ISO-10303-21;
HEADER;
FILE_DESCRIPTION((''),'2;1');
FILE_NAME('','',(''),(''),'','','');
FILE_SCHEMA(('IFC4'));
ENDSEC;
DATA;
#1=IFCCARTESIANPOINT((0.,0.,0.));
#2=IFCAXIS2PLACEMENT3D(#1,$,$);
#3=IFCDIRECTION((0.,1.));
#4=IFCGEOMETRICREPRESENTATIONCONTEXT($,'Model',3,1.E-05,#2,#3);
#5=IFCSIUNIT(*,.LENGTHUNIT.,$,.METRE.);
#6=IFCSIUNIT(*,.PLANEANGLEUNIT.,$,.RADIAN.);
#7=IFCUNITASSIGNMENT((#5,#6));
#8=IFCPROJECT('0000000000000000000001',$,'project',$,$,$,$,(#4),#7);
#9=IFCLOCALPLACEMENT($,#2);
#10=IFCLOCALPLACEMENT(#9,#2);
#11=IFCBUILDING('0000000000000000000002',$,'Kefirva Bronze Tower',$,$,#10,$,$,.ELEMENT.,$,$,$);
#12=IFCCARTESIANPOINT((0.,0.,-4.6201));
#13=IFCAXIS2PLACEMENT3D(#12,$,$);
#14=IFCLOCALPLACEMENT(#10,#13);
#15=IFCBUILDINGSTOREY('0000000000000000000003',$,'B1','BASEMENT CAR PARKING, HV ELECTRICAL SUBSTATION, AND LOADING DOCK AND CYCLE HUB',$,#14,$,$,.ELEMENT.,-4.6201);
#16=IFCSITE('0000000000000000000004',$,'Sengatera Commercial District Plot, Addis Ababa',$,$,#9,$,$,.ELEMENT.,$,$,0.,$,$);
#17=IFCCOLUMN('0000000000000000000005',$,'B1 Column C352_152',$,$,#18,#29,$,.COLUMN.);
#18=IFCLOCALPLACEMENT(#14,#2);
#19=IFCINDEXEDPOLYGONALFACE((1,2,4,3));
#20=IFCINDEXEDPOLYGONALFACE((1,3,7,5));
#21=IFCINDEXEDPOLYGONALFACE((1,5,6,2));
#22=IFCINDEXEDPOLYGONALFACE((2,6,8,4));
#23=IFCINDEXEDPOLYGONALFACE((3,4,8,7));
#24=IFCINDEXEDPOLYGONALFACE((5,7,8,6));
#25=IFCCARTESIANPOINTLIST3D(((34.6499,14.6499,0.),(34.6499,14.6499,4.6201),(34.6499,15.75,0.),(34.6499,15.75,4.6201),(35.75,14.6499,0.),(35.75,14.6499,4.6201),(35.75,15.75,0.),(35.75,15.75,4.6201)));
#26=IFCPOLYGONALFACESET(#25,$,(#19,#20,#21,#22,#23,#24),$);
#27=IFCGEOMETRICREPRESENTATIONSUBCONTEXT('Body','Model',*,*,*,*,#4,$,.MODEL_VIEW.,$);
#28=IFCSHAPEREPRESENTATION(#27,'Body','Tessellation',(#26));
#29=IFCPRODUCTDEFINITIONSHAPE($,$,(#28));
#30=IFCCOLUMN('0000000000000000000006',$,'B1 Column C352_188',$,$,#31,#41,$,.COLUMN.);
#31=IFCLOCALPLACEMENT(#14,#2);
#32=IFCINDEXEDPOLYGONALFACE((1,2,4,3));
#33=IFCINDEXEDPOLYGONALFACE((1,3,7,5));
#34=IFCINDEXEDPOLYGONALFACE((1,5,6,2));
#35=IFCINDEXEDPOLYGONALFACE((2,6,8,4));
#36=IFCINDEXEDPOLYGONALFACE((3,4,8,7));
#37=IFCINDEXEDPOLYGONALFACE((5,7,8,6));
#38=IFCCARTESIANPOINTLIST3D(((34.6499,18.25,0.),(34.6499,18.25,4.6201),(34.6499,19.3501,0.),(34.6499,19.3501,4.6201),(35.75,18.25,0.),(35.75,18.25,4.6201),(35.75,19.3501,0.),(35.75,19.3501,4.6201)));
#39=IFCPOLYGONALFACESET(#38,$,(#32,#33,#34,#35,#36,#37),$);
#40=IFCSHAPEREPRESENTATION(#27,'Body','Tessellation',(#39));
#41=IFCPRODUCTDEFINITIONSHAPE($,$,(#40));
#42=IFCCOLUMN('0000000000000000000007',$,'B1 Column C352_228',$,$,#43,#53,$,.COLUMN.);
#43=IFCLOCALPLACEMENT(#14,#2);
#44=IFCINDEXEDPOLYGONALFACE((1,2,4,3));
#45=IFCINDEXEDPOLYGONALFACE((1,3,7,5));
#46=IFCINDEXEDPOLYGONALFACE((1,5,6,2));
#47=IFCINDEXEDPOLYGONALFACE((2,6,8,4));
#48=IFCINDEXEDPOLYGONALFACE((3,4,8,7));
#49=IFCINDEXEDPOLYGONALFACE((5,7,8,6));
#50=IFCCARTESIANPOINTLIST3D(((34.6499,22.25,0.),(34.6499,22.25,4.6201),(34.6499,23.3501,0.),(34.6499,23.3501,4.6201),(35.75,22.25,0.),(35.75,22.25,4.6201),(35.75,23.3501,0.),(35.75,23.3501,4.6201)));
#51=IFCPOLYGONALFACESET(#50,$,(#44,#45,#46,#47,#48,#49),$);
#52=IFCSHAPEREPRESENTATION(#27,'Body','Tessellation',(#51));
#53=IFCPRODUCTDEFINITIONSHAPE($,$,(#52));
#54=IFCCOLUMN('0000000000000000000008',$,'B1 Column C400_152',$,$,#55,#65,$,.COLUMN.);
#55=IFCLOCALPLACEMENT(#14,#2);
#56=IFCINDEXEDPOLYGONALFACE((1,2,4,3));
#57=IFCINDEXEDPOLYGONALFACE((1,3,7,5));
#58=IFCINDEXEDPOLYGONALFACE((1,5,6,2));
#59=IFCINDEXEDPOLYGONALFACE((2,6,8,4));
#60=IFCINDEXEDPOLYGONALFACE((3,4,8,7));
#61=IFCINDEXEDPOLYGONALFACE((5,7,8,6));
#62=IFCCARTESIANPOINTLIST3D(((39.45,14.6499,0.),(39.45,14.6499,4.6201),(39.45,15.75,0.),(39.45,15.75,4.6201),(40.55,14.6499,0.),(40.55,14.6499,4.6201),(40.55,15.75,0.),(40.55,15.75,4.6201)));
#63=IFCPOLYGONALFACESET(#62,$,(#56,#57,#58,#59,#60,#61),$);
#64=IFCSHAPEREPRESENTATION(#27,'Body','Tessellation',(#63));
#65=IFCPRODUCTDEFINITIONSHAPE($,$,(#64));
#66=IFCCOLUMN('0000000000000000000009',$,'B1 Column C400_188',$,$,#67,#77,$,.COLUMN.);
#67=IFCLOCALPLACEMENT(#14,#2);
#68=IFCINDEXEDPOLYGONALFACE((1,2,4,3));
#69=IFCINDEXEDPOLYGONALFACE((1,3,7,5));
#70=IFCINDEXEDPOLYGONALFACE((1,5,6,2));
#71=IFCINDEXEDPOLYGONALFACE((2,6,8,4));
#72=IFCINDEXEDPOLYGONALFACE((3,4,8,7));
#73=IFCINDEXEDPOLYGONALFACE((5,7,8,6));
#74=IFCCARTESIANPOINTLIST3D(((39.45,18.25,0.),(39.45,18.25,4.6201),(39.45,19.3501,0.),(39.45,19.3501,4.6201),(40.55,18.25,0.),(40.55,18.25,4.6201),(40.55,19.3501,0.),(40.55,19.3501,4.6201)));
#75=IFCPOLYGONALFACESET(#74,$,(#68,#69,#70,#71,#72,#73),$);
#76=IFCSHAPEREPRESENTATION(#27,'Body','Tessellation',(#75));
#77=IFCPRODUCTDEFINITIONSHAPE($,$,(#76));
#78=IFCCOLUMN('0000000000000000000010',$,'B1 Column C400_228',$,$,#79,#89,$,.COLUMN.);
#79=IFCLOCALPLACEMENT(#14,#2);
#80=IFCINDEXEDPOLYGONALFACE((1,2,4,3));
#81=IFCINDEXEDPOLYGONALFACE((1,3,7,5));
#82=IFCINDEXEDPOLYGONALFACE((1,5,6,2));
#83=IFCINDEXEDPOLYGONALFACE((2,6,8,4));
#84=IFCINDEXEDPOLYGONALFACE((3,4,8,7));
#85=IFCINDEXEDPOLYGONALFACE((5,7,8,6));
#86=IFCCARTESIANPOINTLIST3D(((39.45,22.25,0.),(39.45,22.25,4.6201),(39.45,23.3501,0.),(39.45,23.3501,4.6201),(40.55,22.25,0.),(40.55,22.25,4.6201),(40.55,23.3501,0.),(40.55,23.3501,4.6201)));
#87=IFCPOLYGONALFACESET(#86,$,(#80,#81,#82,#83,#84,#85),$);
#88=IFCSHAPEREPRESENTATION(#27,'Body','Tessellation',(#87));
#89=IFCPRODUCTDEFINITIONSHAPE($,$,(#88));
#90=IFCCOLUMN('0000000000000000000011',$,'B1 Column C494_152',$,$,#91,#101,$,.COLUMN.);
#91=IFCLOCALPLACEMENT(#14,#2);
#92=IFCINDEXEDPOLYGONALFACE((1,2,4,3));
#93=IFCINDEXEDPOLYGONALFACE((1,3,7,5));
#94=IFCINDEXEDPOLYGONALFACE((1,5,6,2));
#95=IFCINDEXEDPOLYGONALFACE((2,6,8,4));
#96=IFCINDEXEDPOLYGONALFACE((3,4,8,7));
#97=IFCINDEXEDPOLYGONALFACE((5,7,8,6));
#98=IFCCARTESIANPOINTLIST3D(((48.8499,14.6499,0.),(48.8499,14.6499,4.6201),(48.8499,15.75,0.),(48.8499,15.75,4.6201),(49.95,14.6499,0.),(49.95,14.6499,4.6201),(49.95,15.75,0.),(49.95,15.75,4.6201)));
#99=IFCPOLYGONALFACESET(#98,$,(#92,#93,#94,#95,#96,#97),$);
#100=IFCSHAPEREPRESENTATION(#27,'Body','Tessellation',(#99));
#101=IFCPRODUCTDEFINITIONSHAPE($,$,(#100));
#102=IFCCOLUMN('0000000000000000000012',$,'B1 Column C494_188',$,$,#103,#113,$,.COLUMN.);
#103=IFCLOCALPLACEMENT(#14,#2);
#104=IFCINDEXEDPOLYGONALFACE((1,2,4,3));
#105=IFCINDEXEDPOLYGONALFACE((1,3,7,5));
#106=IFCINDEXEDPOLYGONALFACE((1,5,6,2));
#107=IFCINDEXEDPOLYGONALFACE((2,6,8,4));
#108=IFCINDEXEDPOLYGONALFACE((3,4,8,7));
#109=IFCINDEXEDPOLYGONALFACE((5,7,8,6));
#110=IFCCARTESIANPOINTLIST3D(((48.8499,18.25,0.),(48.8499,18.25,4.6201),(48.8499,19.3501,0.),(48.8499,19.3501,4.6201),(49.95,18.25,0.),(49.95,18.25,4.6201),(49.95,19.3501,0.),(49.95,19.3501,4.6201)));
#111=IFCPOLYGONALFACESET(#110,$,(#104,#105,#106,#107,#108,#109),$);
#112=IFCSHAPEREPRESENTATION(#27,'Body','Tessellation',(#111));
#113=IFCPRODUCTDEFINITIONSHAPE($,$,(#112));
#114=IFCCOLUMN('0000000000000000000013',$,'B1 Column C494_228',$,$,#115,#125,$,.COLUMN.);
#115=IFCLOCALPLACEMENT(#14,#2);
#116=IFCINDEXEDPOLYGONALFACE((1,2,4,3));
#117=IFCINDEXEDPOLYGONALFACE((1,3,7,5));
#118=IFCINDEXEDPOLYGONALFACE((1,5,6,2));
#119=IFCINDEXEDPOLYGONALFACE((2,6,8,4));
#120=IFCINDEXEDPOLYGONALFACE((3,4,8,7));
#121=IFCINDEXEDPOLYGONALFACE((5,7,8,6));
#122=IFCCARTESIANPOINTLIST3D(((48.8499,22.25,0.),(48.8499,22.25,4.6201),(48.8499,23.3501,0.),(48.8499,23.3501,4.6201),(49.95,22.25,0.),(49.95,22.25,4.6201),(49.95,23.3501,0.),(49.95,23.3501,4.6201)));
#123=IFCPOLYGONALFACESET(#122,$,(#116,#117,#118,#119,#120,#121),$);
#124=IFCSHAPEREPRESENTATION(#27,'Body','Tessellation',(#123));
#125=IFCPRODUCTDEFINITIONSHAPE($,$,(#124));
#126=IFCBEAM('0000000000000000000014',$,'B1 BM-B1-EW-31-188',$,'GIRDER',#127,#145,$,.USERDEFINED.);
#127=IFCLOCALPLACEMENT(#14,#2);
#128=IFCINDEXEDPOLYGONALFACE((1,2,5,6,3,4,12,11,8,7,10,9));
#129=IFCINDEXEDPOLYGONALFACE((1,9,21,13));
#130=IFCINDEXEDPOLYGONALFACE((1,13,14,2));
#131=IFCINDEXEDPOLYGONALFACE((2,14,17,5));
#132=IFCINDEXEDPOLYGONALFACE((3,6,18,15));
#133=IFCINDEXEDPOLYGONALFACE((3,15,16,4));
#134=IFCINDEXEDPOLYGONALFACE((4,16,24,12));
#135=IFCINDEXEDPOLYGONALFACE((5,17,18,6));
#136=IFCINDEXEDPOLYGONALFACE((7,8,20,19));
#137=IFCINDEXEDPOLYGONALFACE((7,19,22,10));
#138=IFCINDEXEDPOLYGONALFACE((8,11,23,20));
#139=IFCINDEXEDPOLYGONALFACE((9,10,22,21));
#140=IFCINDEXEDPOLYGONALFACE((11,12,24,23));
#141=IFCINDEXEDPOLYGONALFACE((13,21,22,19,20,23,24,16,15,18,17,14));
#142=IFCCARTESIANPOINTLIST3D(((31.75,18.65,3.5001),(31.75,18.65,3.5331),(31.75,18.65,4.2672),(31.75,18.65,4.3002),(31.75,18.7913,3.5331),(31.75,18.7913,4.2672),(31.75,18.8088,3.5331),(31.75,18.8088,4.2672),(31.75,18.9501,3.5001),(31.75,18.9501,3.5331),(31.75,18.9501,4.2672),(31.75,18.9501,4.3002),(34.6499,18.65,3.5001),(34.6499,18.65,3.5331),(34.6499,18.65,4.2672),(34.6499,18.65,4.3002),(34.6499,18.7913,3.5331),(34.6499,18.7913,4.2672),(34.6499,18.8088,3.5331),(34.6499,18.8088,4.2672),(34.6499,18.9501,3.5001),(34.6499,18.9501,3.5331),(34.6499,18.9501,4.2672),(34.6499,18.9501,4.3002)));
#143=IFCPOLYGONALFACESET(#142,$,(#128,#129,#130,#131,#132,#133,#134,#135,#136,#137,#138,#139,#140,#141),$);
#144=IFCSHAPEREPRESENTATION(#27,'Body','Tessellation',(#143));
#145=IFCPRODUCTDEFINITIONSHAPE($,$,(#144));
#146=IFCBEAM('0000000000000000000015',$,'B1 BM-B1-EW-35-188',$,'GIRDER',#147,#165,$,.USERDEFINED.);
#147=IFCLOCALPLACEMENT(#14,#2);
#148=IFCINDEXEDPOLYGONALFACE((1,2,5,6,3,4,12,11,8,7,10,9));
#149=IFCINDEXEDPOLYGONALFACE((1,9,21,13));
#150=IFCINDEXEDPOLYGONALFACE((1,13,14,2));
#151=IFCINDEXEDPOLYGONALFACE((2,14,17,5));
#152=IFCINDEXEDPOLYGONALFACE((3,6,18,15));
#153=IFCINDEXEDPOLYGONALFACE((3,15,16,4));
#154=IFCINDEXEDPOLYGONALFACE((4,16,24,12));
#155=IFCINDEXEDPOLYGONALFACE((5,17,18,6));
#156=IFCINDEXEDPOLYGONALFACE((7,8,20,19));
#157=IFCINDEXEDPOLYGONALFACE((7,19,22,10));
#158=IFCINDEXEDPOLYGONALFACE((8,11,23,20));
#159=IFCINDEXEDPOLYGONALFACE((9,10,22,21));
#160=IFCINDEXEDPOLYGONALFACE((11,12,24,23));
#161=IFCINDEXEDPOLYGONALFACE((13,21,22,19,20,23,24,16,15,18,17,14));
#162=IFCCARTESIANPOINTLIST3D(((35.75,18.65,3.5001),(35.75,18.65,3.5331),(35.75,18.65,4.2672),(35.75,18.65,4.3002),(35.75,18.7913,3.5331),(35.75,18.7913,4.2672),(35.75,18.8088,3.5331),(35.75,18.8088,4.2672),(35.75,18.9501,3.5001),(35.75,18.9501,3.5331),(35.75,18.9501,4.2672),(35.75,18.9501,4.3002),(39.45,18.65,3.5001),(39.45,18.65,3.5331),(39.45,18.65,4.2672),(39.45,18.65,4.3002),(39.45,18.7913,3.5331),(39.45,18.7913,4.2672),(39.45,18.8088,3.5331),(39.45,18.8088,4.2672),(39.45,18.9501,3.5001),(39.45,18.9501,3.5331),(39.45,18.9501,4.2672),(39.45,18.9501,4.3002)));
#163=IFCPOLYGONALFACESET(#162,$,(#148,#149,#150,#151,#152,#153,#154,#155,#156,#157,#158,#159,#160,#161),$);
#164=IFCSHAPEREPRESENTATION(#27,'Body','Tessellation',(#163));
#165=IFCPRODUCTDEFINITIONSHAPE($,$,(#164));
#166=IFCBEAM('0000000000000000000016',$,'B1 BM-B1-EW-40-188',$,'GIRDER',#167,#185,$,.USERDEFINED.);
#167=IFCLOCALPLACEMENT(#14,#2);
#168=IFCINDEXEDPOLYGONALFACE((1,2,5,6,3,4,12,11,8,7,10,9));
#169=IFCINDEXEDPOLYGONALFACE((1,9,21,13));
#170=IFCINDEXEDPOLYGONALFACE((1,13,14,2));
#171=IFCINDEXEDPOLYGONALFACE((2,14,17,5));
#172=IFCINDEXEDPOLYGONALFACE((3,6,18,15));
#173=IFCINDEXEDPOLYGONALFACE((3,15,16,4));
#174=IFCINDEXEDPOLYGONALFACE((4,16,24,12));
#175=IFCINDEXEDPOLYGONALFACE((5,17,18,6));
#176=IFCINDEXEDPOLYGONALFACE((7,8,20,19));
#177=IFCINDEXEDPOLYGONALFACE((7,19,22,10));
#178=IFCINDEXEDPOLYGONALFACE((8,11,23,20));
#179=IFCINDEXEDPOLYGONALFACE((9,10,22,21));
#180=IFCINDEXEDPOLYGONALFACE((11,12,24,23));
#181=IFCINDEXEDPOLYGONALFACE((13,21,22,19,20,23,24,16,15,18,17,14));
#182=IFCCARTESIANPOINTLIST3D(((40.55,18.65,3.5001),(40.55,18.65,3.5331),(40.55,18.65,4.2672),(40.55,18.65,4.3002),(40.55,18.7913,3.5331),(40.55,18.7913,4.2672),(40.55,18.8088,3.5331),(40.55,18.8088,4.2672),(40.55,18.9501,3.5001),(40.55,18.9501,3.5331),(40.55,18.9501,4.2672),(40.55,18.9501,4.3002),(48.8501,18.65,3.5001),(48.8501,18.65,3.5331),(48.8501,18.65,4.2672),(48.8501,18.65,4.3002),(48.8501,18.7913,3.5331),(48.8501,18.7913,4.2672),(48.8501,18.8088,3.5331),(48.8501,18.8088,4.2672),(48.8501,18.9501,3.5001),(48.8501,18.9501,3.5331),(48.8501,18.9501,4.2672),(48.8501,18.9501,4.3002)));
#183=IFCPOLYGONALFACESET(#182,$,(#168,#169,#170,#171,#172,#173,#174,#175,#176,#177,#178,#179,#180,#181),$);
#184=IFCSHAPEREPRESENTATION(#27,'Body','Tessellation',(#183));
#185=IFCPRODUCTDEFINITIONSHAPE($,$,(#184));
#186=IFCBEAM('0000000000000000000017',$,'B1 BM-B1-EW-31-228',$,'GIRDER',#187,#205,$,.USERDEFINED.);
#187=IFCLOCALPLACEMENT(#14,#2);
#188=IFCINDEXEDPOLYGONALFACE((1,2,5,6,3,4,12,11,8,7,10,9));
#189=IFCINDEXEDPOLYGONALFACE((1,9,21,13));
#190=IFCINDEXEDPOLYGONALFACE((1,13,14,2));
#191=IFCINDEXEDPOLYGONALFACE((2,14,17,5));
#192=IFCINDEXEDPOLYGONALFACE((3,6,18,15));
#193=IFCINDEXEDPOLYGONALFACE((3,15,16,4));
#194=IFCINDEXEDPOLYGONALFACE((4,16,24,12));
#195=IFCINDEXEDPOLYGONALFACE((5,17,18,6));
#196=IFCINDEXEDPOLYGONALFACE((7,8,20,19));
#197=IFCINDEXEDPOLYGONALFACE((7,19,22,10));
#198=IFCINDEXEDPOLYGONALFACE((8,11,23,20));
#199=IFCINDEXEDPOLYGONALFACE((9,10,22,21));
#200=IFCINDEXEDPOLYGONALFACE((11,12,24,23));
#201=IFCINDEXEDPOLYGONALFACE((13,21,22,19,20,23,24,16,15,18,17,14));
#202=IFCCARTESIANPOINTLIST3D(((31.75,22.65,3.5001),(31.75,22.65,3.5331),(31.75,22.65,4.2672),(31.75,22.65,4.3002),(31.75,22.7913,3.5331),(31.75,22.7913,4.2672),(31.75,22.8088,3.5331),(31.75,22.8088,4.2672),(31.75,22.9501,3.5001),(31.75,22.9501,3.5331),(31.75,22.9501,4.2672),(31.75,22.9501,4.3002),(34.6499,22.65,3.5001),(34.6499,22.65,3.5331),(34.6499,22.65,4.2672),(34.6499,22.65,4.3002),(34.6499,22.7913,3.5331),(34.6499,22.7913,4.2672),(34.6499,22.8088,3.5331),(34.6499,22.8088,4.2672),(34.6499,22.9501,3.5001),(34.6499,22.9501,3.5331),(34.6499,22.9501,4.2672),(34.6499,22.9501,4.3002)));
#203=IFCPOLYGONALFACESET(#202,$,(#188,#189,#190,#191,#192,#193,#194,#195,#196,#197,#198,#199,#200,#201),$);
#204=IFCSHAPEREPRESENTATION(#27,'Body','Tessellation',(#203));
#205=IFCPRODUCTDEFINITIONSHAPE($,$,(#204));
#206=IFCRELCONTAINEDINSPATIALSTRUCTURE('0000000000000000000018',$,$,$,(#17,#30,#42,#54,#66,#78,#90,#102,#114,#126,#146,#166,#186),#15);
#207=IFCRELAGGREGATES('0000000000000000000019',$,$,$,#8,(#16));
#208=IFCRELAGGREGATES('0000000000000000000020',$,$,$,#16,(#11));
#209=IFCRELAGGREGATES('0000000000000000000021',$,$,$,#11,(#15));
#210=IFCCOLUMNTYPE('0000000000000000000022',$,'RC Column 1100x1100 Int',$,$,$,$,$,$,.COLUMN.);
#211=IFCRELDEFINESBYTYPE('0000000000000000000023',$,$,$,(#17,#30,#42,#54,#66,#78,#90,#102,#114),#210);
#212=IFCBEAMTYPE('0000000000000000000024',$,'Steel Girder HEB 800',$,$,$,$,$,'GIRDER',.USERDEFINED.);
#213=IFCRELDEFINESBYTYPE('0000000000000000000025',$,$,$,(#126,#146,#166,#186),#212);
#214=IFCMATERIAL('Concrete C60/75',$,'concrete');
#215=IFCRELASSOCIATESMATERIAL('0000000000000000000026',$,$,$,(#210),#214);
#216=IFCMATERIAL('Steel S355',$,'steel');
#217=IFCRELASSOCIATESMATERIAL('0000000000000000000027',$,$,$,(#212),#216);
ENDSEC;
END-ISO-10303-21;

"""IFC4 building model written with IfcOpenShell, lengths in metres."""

from ifc_helpers import new_model, si_unit, direction, frame, origin, origin_2d, place, context, subcontext, project, spatial, rectangle, i_section, extrude, material, material_profile, profile_set, type_object, element, save


model = new_model("IFC4")

# Units and contexts
model_context = context("Model", 3, precision=1e-05, world=origin(), true_north=direction((0.0, 1.0)))
body_context = subcontext(model_context, "Body", "Model", "MODEL_VIEW")
ifc_project = project(units=[si_unit("LENGTHUNIT", "METRE"), si_unit("PLANEANGLEUNIT", "RADIAN")], contexts=[model_context])

# Site, building, storey
site_placement = place(None, origin())
site = spatial("IfcSite", under=ifc_project, at=site_placement, Name="Sengatera Commercial District Plot, Addis Ababa", CompositionType="ELEMENT", RefElevation=0.0)
building_placement = place(site_placement, origin())
building = spatial("IfcBuilding", under=site, at=building_placement, Name="Kefirva Bronze Tower", CompositionType="ELEMENT")
storey_placement = place(building_placement, frame((0.0, 0.0, -4.6201)))
storey = spatial("IfcBuildingStorey", under=building, at=storey_placement, Name="B1", Description="BASEMENT CAR PARKING, HV ELECTRICAL SUBSTATION, AND LOADING DOCK AND CYCLE HUB", CompositionType="ELEMENT", Elevation=-4.6201)

# Columns
ifc_material_1 = material(Name="Concrete C60/75", Category="concrete")
ifc_material_profile_1 = material_profile(ifc_material_1, rectangle(XDim=1.1001, YDim=1.1001, at=origin_2d()), Name="RC 1100x1100")
ifc_profile_set_1 = profile_set([ifc_material_profile_1], Name="Concrete C60/75")
column_type = type_object("IfcColumnType", Name="RC Column 1100x1100 Int", PredefinedType="COLUMN", material=ifc_profile_set_1)
for number, where, z_axis, x_axis, name in (
    (1, (35.2, 15.2, 0.0), (0.0, 0.0, 1.0), (1.0, 0.0, 0.0), "B1 Column C352_152"),
    (2, (35.2, 18.8, 0.0), (0.0, 0.0, 1.0), (1.0, 0.0, 0.0), "B1 Column C352_188"),
    (3, (35.2, 22.8, 0.0), (0.0, 0.0, 1.0), (1.0, 0.0, 0.0), "B1 Column C352_228"),
    (4, (40.0, 15.2, 0.0), (0.0, 0.0, 1.0), (1.0, 0.0, 0.0), "B1 Column C400_152"),
    (5, (40.0, 18.8, 0.0), (0.0, 0.0, 1.0), (1.0, 0.0, 0.0), "B1 Column C400_188"),
    (6, (40.0, 22.8, 0.0), (0.0, 0.0, 1.0), (1.0, 0.0, 0.0), "B1 Column C400_228"),
    (7, (49.3999, 15.2, 0.0), (0.0, 0.0, 1.0), (1.0, 0.0, 0.0), "B1 Column C494_152"),
    (8, (49.3999, 18.8, 0.0), (0.0, 0.0, 1.0), (1.0, 0.0, 0.0), "B1 Column C494_188"),
    (9, (49.3999, 22.8, 0.0), (0.0, 0.0, 1.0), (1.0, 0.0, 0.0), "B1 Column C494_228"),
):
    element("IfcColumn", number, at=place(storey_placement, frame(where, z_axis=z_axis, x_axis=x_axis)), inside=storey, type_object=column_type, Name=name, PredefinedType="COLUMN", context=body_context, shape_type="SweptSolid", body=[
        extrude(rectangle(XDim=1.1001, YDim=1.1001, at=origin_2d()), origin(), (0.0, 0.0, 1.0), 4.6201),
    ])

# Beams
ifc_material_2 = material(Name="Steel S355", Category="steel")
ifc_material_profile_2 = material_profile(ifc_material_2, i_section(OverallWidth=0.3, OverallDepth=0.8, WebThickness=0.0176, FlangeThickness=0.033, at=origin_2d()), Name="HEB 800")
ifc_profile_set_2 = profile_set([ifc_material_profile_2], Name="Steel S355")
beam_type_1 = type_object("IfcBeamType", Name="Steel Girder HEB 800", ElementType="GIRDER", PredefinedType="USERDEFINED", material=ifc_profile_set_2)
beam_1_placement = place(storey_placement, frame((31.75, 18.8, 3.9001), z_axis=(1.0, 0.0, 0.0), x_axis=(0.0, 1.0, 0.0)))
element("IfcBeam", 10, at=beam_1_placement, inside=storey, type_object=beam_type_1, Name="B1 BM-B1-EW-31-188", ObjectType="GIRDER", PredefinedType="USERDEFINED", context=body_context, shape_type="SweptSolid", body=[
    extrude(i_section(OverallWidth=0.3, OverallDepth=0.8, WebThickness=0.0176, FlangeThickness=0.033, at=origin_2d()), origin(), (0.0, 0.0, 1.0), 2.8999),
])
beam_2_placement = place(storey_placement, frame((35.75, 18.8, 3.9001), z_axis=(1.0, 0.0, 0.0), x_axis=(0.0, 1.0, 0.0)))
element("IfcBeam", 11, at=beam_2_placement, inside=storey, type_object=beam_type_1, Name="B1 BM-B1-EW-35-188", ObjectType="GIRDER", PredefinedType="USERDEFINED", context=body_context, shape_type="SweptSolid", body=[
    extrude(i_section(OverallWidth=0.3, OverallDepth=0.8, WebThickness=0.0176, FlangeThickness=0.033, at=origin_2d()), origin(), (0.0, 0.0, 1.0), 3.7),
])
beam_3_placement = place(storey_placement, frame((40.55, 18.8, 3.9001), z_axis=(1.0, 0.0, 0.0), x_axis=(0.0, 1.0, 0.0)))
element("IfcBeam", 12, at=beam_3_placement, inside=storey, type_object=beam_type_1, Name="B1 BM-B1-EW-40-188", ObjectType="GIRDER", PredefinedType="USERDEFINED", context=body_context, shape_type="SweptSolid", body=[
    extrude(i_section(OverallWidth=0.3, OverallDepth=0.8, WebThickness=0.0176, FlangeThickness=0.033, at=origin_2d()), origin(), (0.0, 0.0, 1.0), 8.3),
])
beam_4_placement = place(storey_placement, frame((31.75, 22.8, 3.9001), z_axis=(1.0, 0.0, 0.0), x_axis=(0.0, 1.0, 0.0)))
element("IfcBeam", 13, at=beam_4_placement, inside=storey, type_object=beam_type_1, Name="B1 BM-B1-EW-31-228", ObjectType="GIRDER", PredefinedType="USERDEFINED", context=body_context, shape_type="SweptSolid", body=[
    extrude(i_section(OverallWidth=0.3, OverallDepth=0.8, WebThickness=0.0176, FlangeThickness=0.033, at=origin_2d()), origin(), (0.0, 0.0, 1.0), 2.8999),
])

save(model, "model.ifc")
